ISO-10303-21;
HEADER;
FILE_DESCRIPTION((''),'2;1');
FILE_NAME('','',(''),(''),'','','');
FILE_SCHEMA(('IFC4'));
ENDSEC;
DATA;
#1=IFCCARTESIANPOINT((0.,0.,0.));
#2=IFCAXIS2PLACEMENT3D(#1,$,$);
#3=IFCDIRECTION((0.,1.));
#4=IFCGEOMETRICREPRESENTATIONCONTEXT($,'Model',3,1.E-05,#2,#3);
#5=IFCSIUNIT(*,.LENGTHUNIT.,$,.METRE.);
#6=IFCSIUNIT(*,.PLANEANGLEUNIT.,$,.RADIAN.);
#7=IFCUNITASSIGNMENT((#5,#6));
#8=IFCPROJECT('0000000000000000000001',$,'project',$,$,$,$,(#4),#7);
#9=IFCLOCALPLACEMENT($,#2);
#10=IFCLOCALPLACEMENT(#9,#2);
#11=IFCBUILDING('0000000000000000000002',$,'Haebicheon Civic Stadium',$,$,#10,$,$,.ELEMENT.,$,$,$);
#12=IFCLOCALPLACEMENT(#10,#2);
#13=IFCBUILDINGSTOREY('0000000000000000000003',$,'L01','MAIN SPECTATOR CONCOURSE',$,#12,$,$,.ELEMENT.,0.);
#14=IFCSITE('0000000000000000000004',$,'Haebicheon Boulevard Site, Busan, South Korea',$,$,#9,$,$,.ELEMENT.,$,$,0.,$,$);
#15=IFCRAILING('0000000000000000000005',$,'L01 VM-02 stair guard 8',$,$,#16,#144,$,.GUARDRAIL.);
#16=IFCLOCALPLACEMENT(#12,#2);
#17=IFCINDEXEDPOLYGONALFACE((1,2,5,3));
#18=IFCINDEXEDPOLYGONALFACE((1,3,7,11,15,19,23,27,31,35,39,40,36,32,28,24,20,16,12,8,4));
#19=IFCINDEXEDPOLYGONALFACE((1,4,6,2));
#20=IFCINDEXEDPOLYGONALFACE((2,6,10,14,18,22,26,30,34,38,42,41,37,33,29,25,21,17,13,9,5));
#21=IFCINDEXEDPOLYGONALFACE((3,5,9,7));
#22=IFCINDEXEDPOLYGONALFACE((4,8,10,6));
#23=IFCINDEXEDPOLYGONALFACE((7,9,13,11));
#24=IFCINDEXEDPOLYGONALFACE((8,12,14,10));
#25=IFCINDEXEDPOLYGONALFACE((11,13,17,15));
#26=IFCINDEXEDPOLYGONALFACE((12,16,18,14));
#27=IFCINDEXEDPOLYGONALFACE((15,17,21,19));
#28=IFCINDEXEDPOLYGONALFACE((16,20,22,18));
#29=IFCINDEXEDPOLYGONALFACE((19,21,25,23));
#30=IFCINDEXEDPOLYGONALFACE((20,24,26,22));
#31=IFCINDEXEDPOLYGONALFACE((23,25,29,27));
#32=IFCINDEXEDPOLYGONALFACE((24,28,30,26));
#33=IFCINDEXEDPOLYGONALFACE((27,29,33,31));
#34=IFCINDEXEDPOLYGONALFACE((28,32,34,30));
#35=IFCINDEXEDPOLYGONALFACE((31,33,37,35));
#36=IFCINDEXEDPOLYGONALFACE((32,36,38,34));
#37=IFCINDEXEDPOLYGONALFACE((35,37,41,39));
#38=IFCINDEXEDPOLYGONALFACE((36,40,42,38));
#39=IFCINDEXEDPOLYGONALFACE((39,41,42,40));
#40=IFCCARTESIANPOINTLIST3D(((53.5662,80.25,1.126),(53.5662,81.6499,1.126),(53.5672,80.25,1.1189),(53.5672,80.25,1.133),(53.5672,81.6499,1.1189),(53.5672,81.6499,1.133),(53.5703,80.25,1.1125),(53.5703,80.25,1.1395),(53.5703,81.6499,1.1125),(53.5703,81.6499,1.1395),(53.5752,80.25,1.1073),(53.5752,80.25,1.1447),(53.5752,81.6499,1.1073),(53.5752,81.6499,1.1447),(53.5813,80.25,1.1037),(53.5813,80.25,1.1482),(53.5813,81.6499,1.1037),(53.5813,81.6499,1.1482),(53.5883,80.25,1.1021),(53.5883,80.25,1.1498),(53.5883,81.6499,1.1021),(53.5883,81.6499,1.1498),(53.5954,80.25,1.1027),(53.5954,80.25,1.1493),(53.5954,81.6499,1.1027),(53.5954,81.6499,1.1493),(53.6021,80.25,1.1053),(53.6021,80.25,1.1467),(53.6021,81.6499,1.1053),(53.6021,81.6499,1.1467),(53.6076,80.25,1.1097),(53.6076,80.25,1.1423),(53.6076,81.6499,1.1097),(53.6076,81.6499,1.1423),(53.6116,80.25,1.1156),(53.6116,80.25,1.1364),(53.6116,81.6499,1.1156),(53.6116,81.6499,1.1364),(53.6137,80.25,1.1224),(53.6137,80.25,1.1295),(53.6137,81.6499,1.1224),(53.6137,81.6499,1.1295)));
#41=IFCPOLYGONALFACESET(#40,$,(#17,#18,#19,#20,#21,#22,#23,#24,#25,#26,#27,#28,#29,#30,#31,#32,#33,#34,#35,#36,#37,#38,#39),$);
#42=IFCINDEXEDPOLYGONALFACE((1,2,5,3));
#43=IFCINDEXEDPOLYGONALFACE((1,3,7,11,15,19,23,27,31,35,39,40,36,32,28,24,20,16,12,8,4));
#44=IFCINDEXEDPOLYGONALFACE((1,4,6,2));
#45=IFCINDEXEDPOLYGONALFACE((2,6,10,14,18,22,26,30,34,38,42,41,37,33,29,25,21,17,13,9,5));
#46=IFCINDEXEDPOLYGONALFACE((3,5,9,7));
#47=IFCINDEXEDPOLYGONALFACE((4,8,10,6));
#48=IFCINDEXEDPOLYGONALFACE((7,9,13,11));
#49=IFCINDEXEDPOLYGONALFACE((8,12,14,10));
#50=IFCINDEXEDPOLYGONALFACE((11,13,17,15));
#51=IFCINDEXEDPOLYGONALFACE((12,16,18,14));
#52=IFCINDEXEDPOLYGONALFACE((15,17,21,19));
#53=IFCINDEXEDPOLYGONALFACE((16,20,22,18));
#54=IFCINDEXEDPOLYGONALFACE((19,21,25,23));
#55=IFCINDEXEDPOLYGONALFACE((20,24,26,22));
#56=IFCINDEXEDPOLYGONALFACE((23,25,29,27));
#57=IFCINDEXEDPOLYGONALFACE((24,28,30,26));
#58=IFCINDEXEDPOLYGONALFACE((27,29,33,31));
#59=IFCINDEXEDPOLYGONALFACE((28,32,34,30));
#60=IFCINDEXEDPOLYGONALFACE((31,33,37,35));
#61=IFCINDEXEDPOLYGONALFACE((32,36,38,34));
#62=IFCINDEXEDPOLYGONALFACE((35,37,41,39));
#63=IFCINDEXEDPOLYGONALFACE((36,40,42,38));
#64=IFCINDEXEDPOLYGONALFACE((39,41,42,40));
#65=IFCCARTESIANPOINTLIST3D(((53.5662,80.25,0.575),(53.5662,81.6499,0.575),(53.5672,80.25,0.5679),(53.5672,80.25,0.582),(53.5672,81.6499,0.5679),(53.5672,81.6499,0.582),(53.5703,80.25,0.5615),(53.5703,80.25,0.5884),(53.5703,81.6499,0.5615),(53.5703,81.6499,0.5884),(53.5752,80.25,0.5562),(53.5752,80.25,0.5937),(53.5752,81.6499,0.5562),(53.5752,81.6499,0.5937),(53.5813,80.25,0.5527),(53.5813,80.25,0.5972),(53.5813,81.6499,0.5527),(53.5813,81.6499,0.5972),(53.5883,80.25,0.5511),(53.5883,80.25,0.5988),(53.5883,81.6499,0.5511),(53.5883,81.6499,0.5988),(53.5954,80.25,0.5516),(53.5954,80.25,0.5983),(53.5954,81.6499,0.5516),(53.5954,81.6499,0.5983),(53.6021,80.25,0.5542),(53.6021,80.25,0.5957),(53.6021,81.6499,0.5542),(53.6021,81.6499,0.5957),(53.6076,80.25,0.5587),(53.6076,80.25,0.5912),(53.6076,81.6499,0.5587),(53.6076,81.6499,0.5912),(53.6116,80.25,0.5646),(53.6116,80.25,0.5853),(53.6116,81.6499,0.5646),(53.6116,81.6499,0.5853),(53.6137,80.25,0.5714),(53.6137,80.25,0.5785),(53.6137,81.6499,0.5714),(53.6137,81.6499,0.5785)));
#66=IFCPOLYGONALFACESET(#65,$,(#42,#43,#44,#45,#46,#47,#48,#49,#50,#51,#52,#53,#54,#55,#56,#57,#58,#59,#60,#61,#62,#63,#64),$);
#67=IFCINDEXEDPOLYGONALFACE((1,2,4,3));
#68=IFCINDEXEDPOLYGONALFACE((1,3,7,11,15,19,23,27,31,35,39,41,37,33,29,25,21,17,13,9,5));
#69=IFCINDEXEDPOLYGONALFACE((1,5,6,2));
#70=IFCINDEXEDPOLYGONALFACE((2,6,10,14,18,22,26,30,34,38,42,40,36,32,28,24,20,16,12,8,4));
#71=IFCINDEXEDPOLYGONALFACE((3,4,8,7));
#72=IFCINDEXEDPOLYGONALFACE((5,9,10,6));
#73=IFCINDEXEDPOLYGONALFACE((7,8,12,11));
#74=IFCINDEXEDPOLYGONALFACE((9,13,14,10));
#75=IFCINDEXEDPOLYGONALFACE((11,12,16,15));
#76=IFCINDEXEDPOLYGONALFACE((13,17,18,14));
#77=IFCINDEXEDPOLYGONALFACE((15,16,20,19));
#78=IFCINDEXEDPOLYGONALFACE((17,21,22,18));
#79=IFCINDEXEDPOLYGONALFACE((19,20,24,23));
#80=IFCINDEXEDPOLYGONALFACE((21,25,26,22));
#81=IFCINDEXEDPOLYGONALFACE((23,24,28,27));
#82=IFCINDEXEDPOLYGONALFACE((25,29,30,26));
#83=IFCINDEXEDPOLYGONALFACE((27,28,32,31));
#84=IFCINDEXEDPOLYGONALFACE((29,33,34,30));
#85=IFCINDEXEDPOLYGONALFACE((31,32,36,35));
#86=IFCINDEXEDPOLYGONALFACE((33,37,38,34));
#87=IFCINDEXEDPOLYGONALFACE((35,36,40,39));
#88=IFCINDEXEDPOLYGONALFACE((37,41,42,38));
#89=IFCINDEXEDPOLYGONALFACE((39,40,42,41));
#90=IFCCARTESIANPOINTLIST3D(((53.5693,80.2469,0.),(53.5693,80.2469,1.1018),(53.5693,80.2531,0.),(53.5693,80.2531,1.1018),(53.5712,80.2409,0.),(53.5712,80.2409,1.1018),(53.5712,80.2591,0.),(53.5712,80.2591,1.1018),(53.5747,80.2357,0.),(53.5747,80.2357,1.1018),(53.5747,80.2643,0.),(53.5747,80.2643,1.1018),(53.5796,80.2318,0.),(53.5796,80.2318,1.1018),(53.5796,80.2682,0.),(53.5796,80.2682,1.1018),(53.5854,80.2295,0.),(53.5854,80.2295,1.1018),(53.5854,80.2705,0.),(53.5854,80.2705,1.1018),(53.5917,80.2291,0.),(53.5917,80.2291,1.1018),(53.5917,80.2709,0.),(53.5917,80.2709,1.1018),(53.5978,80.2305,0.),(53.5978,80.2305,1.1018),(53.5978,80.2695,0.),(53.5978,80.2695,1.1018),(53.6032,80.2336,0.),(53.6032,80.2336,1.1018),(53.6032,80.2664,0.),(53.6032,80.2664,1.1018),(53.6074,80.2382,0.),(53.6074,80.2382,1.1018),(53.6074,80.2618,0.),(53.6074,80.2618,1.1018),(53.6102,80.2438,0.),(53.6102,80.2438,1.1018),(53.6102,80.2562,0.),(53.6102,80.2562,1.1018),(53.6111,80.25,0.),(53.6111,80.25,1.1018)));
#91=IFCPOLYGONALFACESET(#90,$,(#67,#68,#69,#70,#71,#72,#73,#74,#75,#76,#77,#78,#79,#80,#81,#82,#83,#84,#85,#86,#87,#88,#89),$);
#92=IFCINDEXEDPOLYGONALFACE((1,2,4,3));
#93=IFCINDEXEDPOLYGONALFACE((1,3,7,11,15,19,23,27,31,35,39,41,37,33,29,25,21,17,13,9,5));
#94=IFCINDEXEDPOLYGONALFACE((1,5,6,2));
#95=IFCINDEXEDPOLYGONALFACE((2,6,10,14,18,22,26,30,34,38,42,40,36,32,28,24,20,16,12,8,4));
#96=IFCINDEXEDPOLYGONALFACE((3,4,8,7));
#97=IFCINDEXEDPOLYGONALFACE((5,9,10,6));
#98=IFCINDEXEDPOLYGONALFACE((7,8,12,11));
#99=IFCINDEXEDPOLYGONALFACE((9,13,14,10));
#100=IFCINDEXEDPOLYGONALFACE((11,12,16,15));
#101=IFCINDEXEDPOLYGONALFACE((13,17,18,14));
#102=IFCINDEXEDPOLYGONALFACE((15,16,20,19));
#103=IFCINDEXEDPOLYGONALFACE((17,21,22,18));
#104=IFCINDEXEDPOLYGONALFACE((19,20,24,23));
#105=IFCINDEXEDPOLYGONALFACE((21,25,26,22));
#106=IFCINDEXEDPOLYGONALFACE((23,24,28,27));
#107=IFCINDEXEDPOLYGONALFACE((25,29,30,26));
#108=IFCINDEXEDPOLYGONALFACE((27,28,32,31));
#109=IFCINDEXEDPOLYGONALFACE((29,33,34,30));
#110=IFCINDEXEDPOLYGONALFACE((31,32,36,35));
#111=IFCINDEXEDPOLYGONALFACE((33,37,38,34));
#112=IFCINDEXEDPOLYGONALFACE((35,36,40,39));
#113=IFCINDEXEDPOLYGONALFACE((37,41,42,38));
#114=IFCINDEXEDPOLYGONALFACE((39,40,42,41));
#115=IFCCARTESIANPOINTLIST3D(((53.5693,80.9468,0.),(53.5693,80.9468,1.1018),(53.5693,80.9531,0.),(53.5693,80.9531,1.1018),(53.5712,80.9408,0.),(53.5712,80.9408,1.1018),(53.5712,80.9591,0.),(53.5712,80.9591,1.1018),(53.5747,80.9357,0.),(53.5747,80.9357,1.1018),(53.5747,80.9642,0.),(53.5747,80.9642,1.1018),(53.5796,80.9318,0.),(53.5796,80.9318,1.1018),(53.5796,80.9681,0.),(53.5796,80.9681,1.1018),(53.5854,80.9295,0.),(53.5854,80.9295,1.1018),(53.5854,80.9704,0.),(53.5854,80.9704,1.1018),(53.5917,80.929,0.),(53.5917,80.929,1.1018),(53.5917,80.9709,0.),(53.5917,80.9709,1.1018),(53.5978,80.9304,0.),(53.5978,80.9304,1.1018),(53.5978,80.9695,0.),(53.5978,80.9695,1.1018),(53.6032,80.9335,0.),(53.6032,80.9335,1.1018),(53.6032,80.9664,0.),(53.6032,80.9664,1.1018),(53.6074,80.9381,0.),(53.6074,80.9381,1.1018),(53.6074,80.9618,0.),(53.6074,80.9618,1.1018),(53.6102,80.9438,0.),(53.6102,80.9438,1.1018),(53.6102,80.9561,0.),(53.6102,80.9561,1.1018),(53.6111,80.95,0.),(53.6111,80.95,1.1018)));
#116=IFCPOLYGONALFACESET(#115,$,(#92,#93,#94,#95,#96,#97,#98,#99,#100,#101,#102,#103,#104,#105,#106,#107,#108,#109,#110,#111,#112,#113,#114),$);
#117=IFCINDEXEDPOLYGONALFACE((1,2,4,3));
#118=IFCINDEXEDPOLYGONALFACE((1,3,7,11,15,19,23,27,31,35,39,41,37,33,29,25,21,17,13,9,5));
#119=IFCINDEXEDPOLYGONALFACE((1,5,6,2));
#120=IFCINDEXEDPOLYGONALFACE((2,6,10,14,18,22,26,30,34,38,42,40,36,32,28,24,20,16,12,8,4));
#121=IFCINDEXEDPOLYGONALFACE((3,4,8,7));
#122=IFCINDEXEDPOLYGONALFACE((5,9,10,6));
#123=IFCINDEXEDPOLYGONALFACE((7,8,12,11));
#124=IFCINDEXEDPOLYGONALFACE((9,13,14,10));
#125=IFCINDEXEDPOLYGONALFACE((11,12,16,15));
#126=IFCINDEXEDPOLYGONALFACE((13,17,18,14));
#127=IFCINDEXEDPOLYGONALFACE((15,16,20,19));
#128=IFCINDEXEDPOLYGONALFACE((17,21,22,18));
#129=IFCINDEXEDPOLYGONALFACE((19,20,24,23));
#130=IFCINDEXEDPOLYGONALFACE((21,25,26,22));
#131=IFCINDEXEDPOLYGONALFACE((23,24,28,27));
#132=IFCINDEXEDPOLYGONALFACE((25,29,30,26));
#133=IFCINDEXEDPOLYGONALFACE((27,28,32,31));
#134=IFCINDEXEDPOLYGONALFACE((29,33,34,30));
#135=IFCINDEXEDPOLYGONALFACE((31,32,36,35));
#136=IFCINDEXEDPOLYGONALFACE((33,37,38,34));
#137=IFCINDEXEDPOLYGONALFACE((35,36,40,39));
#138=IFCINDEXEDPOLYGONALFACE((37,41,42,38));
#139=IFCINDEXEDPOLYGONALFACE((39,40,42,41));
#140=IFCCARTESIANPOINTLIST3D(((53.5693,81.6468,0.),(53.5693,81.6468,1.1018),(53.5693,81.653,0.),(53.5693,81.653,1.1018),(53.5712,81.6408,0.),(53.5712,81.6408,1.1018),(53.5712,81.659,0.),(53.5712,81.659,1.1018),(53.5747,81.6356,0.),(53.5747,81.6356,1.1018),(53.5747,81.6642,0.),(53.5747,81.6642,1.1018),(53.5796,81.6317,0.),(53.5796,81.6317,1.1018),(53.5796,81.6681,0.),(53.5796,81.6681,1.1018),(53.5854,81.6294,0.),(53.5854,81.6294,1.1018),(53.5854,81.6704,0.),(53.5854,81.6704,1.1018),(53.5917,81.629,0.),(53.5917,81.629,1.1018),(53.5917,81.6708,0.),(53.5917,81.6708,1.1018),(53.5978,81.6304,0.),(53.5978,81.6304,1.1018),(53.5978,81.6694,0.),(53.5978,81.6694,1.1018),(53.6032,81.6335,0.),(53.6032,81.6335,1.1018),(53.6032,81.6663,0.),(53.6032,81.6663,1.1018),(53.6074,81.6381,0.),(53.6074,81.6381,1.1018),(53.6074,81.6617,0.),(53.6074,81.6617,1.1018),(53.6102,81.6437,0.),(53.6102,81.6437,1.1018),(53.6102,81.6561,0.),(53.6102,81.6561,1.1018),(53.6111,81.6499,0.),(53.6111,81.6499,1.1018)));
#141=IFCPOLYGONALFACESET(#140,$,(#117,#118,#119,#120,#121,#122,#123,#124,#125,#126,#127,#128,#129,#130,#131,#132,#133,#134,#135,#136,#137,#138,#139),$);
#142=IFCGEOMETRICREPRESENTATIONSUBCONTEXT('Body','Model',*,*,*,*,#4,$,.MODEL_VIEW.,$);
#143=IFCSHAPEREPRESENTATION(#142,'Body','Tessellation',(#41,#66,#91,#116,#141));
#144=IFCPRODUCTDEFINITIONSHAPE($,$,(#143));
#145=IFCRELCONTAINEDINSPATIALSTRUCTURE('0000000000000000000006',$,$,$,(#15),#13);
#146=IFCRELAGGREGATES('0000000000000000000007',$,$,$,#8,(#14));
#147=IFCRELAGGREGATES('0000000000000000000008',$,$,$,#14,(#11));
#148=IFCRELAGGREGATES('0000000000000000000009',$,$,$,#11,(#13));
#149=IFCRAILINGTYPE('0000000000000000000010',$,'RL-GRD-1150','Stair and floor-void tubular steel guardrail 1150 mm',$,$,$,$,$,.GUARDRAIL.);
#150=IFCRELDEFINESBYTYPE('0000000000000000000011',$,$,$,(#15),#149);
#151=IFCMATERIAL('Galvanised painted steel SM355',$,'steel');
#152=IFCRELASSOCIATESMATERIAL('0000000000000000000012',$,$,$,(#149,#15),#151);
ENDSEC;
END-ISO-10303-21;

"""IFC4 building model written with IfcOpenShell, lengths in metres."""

from ifc_helpers import new_model, si_unit, direction, frame, origin, origin_2d, place, context, subcontext, project, spatial, circle, extrude, material, type_object, element, save


model = new_model("IFC4")

# Units and contexts
model_context = context("Model", 3, precision=1e-05, world=origin(), true_north=direction((0.0, 1.0)))
body_context = subcontext(model_context, "Body", "Model", "MODEL_VIEW")
ifc_project = project(units=[si_unit("LENGTHUNIT", "METRE"), si_unit("PLANEANGLEUNIT", "RADIAN")], contexts=[model_context])

# Site, building, storey
site_placement = place(None, origin())
site = spatial("IfcSite", under=ifc_project, at=site_placement, Name="Haebicheon Boulevard Site, Busan, South Korea", CompositionType="ELEMENT", RefElevation=0.0)
building_placement = place(site_placement, origin())
building = spatial("IfcBuilding", under=site, at=building_placement, Name="Haebicheon Civic Stadium", CompositionType="ELEMENT")
storey_placement = place(building_placement, origin())
storey = spatial("IfcBuildingStorey", under=building, at=storey_placement, Name="L01", Description="MAIN SPECTATOR CONCOURSE", CompositionType="ELEMENT", Elevation=0.0)

# Railing
ifc_material_1 = material(Name="Galvanised painted steel SM355", Category="steel")
railing_type = type_object("IfcRailingType", Name="RL-GRD-1150", Description="Stair and floor-void tubular steel guardrail 1150 mm", PredefinedType="GUARDRAIL", material=ifc_material_1)
for number, where, name in (
    (1, (53.5901, 80.25, 0.0), "L01 VM-02 stair guard 8"),
):
    element("IfcRailing", number, at=place(storey_placement, frame(where)), inside=storey, type_object=railing_type, material=ifc_material_1, Name=name, PredefinedType="GUARDRAIL", context=body_context, shape_type="SweptSolid", body=[
        extrude(circle(Radius=0.0239, at=origin_2d()), frame((0.0, 0.0, 1.126), z_axis=(0.0, 1.0, 0.0), x_axis=(-1.0, 0.0, 0.0)), (0.0, 0.0, 1.0), 1.3999),
        extrude(circle(Radius=0.0239, at=origin_2d()), frame((0.0, 0.0, 0.575), z_axis=(0.0, 1.0, 0.0), x_axis=(-1.0, 0.0, 0.0)), (0.0, 0.0, 1.0), 1.3999),
        extrude(circle(Radius=0.021, at=origin_2d()), origin(), (0.0, 0.0, 1.0), 1.1018),
        extrude(circle(Radius=0.021, at=origin_2d()), frame((0.0, 0.7, 0.0)), (0.0, 0.0, 1.0), 1.1018),
        extrude(circle(Radius=0.021, at=origin_2d()), frame((0.0, 1.3999, 0.0)), (0.0, 0.0, 1.0), 1.1018),
    ])

save(model, "model.ifc")
